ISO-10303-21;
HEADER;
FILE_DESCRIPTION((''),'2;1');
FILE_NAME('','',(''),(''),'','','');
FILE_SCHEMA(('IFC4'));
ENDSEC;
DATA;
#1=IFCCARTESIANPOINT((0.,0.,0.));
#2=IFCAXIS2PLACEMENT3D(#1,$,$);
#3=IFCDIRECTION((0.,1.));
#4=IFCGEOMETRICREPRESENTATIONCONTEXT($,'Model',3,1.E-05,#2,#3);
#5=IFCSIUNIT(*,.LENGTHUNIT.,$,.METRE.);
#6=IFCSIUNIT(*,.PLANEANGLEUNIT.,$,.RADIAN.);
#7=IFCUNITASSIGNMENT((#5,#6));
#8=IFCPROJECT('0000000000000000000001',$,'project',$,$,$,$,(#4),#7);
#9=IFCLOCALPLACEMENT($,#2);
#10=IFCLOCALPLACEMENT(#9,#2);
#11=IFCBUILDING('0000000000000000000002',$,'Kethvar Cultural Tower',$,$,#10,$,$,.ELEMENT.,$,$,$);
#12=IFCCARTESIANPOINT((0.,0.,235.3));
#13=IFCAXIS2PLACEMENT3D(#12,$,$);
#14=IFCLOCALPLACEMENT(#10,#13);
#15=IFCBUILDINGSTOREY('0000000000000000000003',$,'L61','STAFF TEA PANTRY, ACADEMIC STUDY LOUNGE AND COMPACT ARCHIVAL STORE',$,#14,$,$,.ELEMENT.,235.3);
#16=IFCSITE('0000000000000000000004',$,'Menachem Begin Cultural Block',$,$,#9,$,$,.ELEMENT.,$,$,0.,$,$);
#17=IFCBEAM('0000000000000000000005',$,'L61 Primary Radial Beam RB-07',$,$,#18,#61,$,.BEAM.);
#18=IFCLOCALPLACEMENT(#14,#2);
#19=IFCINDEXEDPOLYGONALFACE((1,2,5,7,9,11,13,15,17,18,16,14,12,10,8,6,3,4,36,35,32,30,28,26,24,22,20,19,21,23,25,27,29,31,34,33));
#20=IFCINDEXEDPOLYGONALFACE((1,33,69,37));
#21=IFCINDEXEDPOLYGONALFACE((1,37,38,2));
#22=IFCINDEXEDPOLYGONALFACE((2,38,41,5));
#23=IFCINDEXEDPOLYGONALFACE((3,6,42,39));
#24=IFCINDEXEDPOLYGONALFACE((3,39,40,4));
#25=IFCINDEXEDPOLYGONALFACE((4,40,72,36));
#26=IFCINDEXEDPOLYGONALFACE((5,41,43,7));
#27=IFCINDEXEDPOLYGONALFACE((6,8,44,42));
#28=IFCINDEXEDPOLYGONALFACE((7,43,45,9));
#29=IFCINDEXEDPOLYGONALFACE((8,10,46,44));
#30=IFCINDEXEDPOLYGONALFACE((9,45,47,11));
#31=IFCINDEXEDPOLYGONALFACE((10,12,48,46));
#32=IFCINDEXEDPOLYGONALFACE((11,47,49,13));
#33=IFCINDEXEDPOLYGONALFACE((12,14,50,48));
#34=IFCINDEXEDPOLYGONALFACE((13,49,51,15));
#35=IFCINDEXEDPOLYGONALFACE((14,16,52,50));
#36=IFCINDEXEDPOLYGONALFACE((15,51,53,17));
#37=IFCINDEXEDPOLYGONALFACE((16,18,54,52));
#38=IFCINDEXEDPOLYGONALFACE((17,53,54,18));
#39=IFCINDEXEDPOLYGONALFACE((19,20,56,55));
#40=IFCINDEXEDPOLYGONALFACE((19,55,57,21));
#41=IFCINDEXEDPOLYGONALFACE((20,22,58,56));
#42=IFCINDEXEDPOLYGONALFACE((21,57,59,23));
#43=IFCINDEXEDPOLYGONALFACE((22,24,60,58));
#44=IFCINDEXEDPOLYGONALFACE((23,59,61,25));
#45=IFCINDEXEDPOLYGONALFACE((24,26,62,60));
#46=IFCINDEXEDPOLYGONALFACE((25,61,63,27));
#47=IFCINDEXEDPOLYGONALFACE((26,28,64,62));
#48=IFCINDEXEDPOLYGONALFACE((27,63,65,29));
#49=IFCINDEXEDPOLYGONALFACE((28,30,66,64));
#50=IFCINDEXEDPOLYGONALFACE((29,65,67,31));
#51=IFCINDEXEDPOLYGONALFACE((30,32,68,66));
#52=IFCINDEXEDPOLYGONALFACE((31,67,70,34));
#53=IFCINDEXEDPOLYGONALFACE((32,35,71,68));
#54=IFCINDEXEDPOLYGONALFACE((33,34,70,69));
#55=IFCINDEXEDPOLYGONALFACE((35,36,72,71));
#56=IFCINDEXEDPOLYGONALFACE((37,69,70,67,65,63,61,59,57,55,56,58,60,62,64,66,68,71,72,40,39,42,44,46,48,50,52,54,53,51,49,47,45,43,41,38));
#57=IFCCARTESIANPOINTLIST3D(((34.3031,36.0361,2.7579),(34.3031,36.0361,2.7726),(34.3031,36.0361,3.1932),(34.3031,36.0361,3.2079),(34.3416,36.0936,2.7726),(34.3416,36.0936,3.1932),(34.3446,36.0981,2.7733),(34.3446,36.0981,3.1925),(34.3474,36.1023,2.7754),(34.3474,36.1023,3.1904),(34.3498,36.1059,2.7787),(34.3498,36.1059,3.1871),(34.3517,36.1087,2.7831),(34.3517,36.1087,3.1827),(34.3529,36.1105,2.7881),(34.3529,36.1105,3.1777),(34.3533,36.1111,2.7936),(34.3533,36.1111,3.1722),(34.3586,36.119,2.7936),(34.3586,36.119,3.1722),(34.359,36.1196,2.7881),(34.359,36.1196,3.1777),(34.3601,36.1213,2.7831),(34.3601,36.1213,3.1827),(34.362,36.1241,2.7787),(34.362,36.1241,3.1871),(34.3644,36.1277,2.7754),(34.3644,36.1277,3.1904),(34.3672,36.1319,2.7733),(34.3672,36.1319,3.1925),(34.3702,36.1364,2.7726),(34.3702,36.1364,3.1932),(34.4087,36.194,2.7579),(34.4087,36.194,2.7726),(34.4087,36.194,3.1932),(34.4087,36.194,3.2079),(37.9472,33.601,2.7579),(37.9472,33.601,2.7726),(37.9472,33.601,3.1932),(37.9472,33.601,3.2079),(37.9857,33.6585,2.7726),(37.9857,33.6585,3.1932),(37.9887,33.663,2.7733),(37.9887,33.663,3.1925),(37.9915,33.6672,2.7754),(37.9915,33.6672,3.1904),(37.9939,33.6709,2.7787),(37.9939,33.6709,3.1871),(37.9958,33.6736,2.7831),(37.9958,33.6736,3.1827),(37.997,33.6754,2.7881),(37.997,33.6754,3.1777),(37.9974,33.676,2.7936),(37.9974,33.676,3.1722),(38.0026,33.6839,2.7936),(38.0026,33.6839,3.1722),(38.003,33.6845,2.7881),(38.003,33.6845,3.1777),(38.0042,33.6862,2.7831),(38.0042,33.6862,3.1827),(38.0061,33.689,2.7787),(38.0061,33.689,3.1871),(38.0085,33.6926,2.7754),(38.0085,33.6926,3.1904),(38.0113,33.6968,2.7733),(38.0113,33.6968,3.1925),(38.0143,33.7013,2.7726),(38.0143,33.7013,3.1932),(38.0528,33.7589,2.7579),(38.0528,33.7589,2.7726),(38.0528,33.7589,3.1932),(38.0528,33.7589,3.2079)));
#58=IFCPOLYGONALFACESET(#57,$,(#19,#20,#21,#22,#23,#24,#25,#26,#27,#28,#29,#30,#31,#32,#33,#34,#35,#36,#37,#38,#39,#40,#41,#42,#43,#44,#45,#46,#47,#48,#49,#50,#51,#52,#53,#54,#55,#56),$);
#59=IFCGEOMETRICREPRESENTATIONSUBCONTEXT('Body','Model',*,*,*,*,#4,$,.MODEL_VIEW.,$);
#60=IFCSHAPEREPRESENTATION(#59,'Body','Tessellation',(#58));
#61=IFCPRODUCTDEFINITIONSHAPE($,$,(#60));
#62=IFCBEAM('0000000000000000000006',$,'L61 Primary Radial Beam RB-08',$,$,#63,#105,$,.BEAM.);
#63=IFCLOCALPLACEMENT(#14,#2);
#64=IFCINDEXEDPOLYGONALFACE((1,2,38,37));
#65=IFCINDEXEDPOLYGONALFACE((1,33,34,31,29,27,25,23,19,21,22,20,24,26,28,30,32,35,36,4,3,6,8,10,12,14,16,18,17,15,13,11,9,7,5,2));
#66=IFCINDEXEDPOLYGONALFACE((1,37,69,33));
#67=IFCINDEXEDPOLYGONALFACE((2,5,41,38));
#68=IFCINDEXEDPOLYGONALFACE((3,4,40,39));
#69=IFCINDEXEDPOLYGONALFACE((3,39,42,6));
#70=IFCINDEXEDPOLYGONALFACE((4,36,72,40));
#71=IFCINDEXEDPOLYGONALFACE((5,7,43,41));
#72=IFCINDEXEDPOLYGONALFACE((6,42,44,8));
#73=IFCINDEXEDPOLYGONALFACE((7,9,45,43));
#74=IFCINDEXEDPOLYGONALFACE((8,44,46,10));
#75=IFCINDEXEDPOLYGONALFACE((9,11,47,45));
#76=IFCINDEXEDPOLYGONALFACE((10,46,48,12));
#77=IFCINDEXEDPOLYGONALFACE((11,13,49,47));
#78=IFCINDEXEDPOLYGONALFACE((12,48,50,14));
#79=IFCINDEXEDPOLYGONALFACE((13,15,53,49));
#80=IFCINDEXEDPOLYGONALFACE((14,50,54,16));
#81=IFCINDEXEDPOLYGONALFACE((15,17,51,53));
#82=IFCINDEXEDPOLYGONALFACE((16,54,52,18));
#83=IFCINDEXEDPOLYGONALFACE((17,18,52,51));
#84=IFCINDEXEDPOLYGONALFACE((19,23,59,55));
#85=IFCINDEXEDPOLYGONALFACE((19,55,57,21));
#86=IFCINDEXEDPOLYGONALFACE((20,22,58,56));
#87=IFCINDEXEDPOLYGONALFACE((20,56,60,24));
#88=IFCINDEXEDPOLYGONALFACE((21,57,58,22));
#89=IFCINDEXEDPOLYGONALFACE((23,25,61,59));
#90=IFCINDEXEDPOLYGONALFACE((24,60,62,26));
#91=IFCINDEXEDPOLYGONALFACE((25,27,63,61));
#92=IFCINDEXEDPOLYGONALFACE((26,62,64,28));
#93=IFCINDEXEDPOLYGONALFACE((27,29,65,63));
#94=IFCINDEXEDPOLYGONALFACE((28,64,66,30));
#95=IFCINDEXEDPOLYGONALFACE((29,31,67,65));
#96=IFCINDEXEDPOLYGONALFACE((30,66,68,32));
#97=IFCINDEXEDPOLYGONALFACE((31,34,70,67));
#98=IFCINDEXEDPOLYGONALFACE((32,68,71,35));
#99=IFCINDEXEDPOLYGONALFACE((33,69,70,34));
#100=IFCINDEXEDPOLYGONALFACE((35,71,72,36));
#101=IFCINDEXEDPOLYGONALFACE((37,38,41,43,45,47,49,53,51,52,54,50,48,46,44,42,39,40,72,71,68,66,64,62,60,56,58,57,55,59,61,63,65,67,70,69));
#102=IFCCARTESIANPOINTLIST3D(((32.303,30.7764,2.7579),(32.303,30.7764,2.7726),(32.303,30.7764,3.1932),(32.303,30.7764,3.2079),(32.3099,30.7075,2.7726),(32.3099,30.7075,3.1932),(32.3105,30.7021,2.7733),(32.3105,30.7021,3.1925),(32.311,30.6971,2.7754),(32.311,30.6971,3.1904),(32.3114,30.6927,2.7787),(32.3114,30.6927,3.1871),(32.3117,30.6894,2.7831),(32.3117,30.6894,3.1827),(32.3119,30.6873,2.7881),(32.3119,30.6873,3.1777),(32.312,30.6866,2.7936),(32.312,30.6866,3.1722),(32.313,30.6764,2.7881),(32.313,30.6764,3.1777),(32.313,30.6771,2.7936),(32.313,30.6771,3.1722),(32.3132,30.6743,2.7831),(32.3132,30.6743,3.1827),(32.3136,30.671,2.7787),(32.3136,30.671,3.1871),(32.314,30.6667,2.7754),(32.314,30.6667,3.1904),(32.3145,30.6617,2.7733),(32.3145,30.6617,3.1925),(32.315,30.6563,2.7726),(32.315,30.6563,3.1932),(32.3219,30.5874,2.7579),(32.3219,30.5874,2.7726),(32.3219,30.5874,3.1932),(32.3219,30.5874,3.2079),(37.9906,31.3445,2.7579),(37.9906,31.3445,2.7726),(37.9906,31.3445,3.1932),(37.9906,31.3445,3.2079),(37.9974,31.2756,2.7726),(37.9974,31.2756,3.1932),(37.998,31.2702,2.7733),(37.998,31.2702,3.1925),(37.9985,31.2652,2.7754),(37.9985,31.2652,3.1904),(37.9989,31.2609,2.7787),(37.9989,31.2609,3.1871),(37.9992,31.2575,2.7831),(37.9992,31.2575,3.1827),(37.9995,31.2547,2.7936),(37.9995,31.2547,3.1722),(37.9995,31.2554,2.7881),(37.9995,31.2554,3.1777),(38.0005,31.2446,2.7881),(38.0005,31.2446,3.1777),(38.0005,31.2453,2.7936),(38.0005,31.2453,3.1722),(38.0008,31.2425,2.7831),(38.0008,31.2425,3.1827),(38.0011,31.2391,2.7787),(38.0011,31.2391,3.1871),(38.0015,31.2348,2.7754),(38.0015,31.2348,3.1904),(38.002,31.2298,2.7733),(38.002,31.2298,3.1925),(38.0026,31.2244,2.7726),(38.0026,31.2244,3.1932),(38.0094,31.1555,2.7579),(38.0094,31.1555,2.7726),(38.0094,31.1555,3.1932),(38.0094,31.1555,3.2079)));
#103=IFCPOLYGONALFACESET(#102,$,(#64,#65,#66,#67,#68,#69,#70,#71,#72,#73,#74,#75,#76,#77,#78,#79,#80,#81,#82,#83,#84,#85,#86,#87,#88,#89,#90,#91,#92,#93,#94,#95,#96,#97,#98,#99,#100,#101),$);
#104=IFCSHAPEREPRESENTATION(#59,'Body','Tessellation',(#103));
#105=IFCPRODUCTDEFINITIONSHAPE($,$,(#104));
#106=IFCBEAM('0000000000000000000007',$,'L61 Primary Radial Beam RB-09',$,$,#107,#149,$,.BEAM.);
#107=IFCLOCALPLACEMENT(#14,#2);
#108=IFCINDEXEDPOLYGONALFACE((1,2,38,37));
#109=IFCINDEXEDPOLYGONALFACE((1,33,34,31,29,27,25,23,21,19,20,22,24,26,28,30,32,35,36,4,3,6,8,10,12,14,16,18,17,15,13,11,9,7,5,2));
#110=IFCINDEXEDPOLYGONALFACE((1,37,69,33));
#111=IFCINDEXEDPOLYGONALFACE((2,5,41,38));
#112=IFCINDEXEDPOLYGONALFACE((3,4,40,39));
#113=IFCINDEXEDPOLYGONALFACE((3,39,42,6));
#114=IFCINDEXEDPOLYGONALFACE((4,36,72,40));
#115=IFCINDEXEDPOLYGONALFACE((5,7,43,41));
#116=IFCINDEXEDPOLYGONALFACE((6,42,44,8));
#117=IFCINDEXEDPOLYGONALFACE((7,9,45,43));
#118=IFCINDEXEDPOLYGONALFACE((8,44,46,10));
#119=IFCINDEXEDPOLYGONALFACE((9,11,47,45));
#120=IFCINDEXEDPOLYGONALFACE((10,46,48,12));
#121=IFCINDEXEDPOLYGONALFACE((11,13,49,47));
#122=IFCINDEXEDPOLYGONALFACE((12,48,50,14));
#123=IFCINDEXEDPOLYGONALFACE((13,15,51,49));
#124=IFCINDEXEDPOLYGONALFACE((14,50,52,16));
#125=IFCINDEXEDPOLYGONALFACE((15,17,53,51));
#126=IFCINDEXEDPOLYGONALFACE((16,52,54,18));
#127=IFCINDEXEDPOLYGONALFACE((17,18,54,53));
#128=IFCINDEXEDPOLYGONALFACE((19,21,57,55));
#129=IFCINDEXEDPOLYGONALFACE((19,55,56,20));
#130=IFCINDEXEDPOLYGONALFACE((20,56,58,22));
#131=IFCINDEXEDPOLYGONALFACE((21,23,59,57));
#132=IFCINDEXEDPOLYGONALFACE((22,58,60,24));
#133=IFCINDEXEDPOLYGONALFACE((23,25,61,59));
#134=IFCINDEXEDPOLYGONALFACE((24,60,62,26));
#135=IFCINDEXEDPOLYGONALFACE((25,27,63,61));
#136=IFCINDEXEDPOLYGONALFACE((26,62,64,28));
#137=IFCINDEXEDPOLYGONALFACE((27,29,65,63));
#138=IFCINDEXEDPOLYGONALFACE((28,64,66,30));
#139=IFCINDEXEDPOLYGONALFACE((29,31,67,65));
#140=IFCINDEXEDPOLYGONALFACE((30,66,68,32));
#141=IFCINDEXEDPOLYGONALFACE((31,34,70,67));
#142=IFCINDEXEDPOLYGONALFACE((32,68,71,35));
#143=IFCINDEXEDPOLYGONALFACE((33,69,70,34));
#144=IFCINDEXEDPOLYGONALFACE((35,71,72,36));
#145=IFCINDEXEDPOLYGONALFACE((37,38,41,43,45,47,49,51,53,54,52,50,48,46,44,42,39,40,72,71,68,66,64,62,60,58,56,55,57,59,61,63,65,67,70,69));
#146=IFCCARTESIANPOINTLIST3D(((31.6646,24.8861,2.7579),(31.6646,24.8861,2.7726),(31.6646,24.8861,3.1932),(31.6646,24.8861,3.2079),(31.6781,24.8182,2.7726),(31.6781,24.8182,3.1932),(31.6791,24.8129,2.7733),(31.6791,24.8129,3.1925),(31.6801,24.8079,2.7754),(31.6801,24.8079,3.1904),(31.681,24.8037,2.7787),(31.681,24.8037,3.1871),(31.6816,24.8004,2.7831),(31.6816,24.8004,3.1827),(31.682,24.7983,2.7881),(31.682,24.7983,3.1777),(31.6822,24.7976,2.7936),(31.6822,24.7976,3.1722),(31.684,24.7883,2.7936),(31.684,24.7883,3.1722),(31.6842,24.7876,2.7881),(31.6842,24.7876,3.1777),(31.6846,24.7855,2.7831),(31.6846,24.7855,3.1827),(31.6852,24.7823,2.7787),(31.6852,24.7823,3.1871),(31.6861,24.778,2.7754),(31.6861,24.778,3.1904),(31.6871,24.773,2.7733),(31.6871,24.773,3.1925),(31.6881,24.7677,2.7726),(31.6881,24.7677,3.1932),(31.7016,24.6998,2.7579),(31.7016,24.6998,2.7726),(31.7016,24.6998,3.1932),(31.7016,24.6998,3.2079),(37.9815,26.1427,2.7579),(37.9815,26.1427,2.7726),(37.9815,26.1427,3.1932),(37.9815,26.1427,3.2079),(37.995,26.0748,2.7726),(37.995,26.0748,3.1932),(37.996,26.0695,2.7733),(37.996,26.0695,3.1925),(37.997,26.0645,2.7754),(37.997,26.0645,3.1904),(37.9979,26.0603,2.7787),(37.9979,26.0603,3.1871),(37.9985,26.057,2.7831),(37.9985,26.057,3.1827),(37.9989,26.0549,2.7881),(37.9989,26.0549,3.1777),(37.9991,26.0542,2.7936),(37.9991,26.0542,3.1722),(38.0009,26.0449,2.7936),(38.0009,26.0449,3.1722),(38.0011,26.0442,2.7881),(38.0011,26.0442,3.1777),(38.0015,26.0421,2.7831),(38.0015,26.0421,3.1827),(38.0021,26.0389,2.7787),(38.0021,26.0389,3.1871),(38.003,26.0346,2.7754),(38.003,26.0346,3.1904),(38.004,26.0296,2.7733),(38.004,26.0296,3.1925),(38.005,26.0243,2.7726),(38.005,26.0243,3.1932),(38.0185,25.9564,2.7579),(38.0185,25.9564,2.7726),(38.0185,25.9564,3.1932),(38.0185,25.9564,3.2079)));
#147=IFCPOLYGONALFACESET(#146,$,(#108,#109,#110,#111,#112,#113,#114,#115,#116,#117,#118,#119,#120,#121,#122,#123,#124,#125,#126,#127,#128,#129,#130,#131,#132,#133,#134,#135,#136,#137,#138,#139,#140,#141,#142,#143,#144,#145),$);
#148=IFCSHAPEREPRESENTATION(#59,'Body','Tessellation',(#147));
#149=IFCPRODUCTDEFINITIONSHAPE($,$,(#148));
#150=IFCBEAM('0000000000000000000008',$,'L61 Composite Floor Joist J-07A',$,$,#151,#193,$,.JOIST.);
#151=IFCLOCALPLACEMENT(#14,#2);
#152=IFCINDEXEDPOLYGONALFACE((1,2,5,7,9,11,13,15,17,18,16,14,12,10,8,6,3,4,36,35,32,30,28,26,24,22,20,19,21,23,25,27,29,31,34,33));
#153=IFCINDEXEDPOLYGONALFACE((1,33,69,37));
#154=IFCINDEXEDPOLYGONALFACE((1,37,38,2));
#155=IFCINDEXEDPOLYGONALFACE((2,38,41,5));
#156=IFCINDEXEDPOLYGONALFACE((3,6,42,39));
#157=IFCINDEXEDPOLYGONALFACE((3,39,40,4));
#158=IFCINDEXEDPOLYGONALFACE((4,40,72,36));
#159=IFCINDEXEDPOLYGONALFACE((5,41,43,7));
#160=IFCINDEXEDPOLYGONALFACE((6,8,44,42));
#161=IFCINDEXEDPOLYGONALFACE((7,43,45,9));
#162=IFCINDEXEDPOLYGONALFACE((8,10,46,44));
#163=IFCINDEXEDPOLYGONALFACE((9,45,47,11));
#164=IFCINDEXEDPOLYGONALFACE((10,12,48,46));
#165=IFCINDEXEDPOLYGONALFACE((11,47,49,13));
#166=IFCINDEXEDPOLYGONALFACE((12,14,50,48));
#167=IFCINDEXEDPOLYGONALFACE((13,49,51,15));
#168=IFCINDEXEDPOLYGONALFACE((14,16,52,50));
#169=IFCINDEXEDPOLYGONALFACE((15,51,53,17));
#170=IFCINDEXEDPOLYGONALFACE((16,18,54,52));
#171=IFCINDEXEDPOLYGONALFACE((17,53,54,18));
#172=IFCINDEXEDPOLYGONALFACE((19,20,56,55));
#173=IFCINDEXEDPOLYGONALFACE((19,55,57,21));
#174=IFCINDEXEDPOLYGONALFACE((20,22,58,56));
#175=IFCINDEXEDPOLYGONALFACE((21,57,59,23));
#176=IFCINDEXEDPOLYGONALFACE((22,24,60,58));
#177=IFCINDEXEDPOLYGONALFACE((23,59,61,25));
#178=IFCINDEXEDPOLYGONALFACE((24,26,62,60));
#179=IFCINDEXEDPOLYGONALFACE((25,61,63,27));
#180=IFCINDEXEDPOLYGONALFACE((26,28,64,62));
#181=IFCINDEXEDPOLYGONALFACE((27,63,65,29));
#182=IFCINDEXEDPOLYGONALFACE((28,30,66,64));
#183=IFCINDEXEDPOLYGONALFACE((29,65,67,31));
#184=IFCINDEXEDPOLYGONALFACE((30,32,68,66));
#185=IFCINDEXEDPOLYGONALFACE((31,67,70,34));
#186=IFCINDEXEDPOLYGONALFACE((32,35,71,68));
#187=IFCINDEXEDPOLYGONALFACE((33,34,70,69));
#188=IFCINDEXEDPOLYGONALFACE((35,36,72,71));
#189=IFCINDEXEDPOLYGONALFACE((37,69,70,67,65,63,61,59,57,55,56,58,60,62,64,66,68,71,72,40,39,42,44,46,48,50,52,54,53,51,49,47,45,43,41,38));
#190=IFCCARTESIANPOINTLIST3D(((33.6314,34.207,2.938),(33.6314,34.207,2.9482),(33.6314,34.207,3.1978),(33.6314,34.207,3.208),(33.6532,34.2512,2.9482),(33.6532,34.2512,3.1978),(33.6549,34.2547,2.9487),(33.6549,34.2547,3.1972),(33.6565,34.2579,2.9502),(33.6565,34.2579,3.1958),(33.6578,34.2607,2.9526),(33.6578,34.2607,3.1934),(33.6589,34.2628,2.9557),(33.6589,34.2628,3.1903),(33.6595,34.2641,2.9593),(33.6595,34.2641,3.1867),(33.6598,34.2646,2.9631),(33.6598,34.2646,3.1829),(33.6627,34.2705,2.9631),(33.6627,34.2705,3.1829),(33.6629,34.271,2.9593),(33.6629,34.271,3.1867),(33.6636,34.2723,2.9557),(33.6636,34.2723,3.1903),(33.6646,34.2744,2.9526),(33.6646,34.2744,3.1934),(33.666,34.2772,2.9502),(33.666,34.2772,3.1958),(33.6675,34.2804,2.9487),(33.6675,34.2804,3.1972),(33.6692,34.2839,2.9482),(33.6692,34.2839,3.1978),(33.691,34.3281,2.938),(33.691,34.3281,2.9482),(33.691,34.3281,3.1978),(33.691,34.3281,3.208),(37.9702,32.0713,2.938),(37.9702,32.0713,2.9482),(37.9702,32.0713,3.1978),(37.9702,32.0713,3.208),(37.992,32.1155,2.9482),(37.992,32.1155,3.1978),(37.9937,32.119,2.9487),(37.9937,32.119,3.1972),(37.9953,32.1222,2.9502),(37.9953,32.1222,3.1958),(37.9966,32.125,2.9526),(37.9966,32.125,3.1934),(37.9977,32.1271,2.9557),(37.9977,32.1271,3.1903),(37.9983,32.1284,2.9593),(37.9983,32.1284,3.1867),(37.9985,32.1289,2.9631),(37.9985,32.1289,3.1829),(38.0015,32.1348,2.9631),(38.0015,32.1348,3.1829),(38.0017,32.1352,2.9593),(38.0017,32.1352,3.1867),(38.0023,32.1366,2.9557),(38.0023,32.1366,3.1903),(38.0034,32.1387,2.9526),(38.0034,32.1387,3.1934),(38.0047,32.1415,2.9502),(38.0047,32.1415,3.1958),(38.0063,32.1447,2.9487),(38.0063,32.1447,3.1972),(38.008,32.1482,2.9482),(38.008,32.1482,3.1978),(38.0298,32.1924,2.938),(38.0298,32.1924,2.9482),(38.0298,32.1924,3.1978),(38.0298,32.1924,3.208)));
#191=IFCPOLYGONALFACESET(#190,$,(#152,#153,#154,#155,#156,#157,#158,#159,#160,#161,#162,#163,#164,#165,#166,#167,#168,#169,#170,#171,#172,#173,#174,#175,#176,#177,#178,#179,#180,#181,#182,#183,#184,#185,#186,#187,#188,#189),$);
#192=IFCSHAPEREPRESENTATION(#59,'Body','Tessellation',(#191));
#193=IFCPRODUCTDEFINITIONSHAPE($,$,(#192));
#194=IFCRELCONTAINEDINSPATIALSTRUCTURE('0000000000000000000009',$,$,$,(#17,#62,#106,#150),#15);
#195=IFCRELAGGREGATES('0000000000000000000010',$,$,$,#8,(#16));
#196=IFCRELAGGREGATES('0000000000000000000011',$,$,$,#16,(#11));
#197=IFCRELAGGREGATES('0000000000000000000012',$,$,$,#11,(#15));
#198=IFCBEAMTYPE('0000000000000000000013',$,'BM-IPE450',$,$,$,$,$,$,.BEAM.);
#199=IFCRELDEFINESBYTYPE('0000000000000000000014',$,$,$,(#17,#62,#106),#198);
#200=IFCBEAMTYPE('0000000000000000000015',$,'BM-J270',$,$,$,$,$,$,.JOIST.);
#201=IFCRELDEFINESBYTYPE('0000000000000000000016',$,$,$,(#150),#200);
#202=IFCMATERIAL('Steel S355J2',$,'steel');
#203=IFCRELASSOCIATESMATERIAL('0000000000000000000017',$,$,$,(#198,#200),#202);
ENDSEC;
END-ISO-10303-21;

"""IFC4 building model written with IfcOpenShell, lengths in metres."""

from ifc_helpers import new_model, si_unit, direction, frame, origin, origin_2d, place, context, subcontext, project, spatial, i_section, extrude, source, transform, mapped, material, material_profile, profile_set, type_object, element, save


model = new_model("IFC4")

# Units and contexts
model_context = context("Model", 3, precision=1e-05, world=origin(), true_north=direction((0.0, 1.0)))
body_context = subcontext(model_context, "Body", "Model", "MODEL_VIEW")
ifc_project = project(units=[si_unit("LENGTHUNIT", "METRE"), si_unit("PLANEANGLEUNIT", "RADIAN")], contexts=[model_context])

# Site, building, storey
site_placement = place(None, origin())
site = spatial("IfcSite", under=ifc_project, at=site_placement, Name="Menachem Begin Cultural Block", CompositionType="ELEMENT", RefElevation=0.0)
building_placement = place(site_placement, origin())
building = spatial("IfcBuilding", under=site, at=building_placement, Name="Kethvar Cultural Tower", CompositionType="ELEMENT")
storey_placement = place(building_placement, frame((0.0, 0.0, 235.3)))
storey = spatial("IfcBuildingStorey", under=building, at=storey_placement, Name="L61", Description="STAFF TEA PANTRY, ACADEMIC STUDY LOUNGE AND COMPACT ARCHIVAL STORE", CompositionType="ELEMENT", Elevation=235.3)

# Beams
ifc_material_1 = material(Name="Steel S355J2", Category="steel")
ifc_material_profile_1 = material_profile(ifc_material_1, i_section(OverallWidth=0.1899, OverallDepth=0.45, WebThickness=0.0095, FlangeThickness=0.0146, FilletRadius=0.021, at=origin_2d()), Name="Steel S355J2 — IPE450")
ifc_profile_set_1 = profile_set([ifc_material_profile_1], Name="Steel S355J2 — IPE450")
beam_type_1 = type_object("IfcBeamType", Name="BM-IPE450", PredefinedType="BEAM", material=ifc_profile_set_1)
shared_shape_1 = source(origin(), body_context, "Body", "SweptSolid", [
    extrude(i_section(OverallWidth=0.1899, OverallDepth=0.45, WebThickness=0.0095, FlangeThickness=0.0146, FilletRadius=0.021, at=origin_2d()), origin(), (0.0, 0.0, 1.0), 4.3828),
])
beam_1_placement = place(storey_placement, frame((38.0, 33.6799, 2.9829), z_axis=(-0.83145, 0.5556, 0.0), x_axis=(-0.5556, -0.83145, 0.0)))
element("IfcBeam", 1, at=beam_1_placement, inside=storey, type_object=beam_type_1, Name="L61 Primary Radial Beam RB-07", PredefinedType="BEAM", context=body_context, shape_type="MappedRepresentation", body=[
    mapped(shared_shape_1, transform((0.0, 0.0, 0.0), scale=1.0)),
])
shared_shape_2 = source(origin(), body_context, "Body", "SweptSolid", [
    extrude(i_section(OverallWidth=0.1899, OverallDepth=0.45, WebThickness=0.0095, FlangeThickness=0.0146, FilletRadius=0.021, at=origin_2d()), origin(), (0.0, 0.0, 1.0), 5.7158),
])
beam_2_placement = place(storey_placement, frame((38.0, 31.25, 2.9829), z_axis=(-0.995048, -0.099394, 0.0), x_axis=(0.099394, -0.995048, 0.0)))
element("IfcBeam", 2, at=beam_2_placement, inside=storey, type_object=beam_type_1, Name="L61 Primary Radial Beam RB-08", PredefinedType="BEAM", context=body_context, shape_type="MappedRepresentation", body=[
    mapped(shared_shape_2, transform((0.0, 0.0, 0.0), scale=1.0)),
])
shared_shape_3 = source(origin(), body_context, "Body", "SweptSolid", [
    extrude(i_section(OverallWidth=0.1899, OverallDepth=0.45, WebThickness=0.0095, FlangeThickness=0.0146, FilletRadius=0.021, at=origin_2d()), origin(), (0.0, 0.0, 1.0), 6.4407),
])
beam_3_placement = place(storey_placement, frame((38.0, 26.0496, 2.9829), z_axis=(-0.980783, -0.195103, 0.0), x_axis=(0.195103, -0.980783, 0.0)))
element("IfcBeam", 3, at=beam_3_placement, inside=storey, type_object=beam_type_1, Name="L61 Primary Radial Beam RB-09", PredefinedType="BEAM", context=body_context, shape_type="MappedRepresentation", body=[
    mapped(shared_shape_3, transform((0.0, 0.0, 0.0), scale=1.0)),
])
ifc_material_profile_2 = material_profile(ifc_material_1, i_section(OverallWidth=0.135, OverallDepth=0.27, WebThickness=0.0066, FlangeThickness=0.0103, FilletRadius=0.0149, at=origin_2d()), Name="Steel S355J2 — IPE270")
ifc_profile_set_2 = profile_set([ifc_material_profile_2], Name="Steel S355J2 — IPE270")
beam_type_2 = type_object("IfcBeamType", Name="BM-J270", PredefinedType="JOIST", material=ifc_profile_set_2)
shared_shape_4 = source(origin(), body_context, "Body", "SweptSolid", [
    extrude(i_section(OverallWidth=0.135, OverallDepth=0.27, WebThickness=0.0066, FlangeThickness=0.0103, FilletRadius=0.0149, at=origin_2d()), origin(), (0.0, 0.0, 1.0), 4.8359),
])
beam_4_placement = place(storey_placement, frame((38.0, 32.1318, 3.073), z_axis=(-0.897197, 0.441632, 0.0), x_axis=(-0.441632, -0.897197, 0.0)))
element("IfcBeam", 4, at=beam_4_placement, inside=storey, type_object=beam_type_2, Name="L61 Composite Floor Joist J-07A", PredefinedType="JOIST", context=body_context, shape_type="MappedRepresentation", body=[
    mapped(shared_shape_4, transform((0.0, 0.0, 0.0), scale=1.0)),
])

save(model, "model.ifc")
